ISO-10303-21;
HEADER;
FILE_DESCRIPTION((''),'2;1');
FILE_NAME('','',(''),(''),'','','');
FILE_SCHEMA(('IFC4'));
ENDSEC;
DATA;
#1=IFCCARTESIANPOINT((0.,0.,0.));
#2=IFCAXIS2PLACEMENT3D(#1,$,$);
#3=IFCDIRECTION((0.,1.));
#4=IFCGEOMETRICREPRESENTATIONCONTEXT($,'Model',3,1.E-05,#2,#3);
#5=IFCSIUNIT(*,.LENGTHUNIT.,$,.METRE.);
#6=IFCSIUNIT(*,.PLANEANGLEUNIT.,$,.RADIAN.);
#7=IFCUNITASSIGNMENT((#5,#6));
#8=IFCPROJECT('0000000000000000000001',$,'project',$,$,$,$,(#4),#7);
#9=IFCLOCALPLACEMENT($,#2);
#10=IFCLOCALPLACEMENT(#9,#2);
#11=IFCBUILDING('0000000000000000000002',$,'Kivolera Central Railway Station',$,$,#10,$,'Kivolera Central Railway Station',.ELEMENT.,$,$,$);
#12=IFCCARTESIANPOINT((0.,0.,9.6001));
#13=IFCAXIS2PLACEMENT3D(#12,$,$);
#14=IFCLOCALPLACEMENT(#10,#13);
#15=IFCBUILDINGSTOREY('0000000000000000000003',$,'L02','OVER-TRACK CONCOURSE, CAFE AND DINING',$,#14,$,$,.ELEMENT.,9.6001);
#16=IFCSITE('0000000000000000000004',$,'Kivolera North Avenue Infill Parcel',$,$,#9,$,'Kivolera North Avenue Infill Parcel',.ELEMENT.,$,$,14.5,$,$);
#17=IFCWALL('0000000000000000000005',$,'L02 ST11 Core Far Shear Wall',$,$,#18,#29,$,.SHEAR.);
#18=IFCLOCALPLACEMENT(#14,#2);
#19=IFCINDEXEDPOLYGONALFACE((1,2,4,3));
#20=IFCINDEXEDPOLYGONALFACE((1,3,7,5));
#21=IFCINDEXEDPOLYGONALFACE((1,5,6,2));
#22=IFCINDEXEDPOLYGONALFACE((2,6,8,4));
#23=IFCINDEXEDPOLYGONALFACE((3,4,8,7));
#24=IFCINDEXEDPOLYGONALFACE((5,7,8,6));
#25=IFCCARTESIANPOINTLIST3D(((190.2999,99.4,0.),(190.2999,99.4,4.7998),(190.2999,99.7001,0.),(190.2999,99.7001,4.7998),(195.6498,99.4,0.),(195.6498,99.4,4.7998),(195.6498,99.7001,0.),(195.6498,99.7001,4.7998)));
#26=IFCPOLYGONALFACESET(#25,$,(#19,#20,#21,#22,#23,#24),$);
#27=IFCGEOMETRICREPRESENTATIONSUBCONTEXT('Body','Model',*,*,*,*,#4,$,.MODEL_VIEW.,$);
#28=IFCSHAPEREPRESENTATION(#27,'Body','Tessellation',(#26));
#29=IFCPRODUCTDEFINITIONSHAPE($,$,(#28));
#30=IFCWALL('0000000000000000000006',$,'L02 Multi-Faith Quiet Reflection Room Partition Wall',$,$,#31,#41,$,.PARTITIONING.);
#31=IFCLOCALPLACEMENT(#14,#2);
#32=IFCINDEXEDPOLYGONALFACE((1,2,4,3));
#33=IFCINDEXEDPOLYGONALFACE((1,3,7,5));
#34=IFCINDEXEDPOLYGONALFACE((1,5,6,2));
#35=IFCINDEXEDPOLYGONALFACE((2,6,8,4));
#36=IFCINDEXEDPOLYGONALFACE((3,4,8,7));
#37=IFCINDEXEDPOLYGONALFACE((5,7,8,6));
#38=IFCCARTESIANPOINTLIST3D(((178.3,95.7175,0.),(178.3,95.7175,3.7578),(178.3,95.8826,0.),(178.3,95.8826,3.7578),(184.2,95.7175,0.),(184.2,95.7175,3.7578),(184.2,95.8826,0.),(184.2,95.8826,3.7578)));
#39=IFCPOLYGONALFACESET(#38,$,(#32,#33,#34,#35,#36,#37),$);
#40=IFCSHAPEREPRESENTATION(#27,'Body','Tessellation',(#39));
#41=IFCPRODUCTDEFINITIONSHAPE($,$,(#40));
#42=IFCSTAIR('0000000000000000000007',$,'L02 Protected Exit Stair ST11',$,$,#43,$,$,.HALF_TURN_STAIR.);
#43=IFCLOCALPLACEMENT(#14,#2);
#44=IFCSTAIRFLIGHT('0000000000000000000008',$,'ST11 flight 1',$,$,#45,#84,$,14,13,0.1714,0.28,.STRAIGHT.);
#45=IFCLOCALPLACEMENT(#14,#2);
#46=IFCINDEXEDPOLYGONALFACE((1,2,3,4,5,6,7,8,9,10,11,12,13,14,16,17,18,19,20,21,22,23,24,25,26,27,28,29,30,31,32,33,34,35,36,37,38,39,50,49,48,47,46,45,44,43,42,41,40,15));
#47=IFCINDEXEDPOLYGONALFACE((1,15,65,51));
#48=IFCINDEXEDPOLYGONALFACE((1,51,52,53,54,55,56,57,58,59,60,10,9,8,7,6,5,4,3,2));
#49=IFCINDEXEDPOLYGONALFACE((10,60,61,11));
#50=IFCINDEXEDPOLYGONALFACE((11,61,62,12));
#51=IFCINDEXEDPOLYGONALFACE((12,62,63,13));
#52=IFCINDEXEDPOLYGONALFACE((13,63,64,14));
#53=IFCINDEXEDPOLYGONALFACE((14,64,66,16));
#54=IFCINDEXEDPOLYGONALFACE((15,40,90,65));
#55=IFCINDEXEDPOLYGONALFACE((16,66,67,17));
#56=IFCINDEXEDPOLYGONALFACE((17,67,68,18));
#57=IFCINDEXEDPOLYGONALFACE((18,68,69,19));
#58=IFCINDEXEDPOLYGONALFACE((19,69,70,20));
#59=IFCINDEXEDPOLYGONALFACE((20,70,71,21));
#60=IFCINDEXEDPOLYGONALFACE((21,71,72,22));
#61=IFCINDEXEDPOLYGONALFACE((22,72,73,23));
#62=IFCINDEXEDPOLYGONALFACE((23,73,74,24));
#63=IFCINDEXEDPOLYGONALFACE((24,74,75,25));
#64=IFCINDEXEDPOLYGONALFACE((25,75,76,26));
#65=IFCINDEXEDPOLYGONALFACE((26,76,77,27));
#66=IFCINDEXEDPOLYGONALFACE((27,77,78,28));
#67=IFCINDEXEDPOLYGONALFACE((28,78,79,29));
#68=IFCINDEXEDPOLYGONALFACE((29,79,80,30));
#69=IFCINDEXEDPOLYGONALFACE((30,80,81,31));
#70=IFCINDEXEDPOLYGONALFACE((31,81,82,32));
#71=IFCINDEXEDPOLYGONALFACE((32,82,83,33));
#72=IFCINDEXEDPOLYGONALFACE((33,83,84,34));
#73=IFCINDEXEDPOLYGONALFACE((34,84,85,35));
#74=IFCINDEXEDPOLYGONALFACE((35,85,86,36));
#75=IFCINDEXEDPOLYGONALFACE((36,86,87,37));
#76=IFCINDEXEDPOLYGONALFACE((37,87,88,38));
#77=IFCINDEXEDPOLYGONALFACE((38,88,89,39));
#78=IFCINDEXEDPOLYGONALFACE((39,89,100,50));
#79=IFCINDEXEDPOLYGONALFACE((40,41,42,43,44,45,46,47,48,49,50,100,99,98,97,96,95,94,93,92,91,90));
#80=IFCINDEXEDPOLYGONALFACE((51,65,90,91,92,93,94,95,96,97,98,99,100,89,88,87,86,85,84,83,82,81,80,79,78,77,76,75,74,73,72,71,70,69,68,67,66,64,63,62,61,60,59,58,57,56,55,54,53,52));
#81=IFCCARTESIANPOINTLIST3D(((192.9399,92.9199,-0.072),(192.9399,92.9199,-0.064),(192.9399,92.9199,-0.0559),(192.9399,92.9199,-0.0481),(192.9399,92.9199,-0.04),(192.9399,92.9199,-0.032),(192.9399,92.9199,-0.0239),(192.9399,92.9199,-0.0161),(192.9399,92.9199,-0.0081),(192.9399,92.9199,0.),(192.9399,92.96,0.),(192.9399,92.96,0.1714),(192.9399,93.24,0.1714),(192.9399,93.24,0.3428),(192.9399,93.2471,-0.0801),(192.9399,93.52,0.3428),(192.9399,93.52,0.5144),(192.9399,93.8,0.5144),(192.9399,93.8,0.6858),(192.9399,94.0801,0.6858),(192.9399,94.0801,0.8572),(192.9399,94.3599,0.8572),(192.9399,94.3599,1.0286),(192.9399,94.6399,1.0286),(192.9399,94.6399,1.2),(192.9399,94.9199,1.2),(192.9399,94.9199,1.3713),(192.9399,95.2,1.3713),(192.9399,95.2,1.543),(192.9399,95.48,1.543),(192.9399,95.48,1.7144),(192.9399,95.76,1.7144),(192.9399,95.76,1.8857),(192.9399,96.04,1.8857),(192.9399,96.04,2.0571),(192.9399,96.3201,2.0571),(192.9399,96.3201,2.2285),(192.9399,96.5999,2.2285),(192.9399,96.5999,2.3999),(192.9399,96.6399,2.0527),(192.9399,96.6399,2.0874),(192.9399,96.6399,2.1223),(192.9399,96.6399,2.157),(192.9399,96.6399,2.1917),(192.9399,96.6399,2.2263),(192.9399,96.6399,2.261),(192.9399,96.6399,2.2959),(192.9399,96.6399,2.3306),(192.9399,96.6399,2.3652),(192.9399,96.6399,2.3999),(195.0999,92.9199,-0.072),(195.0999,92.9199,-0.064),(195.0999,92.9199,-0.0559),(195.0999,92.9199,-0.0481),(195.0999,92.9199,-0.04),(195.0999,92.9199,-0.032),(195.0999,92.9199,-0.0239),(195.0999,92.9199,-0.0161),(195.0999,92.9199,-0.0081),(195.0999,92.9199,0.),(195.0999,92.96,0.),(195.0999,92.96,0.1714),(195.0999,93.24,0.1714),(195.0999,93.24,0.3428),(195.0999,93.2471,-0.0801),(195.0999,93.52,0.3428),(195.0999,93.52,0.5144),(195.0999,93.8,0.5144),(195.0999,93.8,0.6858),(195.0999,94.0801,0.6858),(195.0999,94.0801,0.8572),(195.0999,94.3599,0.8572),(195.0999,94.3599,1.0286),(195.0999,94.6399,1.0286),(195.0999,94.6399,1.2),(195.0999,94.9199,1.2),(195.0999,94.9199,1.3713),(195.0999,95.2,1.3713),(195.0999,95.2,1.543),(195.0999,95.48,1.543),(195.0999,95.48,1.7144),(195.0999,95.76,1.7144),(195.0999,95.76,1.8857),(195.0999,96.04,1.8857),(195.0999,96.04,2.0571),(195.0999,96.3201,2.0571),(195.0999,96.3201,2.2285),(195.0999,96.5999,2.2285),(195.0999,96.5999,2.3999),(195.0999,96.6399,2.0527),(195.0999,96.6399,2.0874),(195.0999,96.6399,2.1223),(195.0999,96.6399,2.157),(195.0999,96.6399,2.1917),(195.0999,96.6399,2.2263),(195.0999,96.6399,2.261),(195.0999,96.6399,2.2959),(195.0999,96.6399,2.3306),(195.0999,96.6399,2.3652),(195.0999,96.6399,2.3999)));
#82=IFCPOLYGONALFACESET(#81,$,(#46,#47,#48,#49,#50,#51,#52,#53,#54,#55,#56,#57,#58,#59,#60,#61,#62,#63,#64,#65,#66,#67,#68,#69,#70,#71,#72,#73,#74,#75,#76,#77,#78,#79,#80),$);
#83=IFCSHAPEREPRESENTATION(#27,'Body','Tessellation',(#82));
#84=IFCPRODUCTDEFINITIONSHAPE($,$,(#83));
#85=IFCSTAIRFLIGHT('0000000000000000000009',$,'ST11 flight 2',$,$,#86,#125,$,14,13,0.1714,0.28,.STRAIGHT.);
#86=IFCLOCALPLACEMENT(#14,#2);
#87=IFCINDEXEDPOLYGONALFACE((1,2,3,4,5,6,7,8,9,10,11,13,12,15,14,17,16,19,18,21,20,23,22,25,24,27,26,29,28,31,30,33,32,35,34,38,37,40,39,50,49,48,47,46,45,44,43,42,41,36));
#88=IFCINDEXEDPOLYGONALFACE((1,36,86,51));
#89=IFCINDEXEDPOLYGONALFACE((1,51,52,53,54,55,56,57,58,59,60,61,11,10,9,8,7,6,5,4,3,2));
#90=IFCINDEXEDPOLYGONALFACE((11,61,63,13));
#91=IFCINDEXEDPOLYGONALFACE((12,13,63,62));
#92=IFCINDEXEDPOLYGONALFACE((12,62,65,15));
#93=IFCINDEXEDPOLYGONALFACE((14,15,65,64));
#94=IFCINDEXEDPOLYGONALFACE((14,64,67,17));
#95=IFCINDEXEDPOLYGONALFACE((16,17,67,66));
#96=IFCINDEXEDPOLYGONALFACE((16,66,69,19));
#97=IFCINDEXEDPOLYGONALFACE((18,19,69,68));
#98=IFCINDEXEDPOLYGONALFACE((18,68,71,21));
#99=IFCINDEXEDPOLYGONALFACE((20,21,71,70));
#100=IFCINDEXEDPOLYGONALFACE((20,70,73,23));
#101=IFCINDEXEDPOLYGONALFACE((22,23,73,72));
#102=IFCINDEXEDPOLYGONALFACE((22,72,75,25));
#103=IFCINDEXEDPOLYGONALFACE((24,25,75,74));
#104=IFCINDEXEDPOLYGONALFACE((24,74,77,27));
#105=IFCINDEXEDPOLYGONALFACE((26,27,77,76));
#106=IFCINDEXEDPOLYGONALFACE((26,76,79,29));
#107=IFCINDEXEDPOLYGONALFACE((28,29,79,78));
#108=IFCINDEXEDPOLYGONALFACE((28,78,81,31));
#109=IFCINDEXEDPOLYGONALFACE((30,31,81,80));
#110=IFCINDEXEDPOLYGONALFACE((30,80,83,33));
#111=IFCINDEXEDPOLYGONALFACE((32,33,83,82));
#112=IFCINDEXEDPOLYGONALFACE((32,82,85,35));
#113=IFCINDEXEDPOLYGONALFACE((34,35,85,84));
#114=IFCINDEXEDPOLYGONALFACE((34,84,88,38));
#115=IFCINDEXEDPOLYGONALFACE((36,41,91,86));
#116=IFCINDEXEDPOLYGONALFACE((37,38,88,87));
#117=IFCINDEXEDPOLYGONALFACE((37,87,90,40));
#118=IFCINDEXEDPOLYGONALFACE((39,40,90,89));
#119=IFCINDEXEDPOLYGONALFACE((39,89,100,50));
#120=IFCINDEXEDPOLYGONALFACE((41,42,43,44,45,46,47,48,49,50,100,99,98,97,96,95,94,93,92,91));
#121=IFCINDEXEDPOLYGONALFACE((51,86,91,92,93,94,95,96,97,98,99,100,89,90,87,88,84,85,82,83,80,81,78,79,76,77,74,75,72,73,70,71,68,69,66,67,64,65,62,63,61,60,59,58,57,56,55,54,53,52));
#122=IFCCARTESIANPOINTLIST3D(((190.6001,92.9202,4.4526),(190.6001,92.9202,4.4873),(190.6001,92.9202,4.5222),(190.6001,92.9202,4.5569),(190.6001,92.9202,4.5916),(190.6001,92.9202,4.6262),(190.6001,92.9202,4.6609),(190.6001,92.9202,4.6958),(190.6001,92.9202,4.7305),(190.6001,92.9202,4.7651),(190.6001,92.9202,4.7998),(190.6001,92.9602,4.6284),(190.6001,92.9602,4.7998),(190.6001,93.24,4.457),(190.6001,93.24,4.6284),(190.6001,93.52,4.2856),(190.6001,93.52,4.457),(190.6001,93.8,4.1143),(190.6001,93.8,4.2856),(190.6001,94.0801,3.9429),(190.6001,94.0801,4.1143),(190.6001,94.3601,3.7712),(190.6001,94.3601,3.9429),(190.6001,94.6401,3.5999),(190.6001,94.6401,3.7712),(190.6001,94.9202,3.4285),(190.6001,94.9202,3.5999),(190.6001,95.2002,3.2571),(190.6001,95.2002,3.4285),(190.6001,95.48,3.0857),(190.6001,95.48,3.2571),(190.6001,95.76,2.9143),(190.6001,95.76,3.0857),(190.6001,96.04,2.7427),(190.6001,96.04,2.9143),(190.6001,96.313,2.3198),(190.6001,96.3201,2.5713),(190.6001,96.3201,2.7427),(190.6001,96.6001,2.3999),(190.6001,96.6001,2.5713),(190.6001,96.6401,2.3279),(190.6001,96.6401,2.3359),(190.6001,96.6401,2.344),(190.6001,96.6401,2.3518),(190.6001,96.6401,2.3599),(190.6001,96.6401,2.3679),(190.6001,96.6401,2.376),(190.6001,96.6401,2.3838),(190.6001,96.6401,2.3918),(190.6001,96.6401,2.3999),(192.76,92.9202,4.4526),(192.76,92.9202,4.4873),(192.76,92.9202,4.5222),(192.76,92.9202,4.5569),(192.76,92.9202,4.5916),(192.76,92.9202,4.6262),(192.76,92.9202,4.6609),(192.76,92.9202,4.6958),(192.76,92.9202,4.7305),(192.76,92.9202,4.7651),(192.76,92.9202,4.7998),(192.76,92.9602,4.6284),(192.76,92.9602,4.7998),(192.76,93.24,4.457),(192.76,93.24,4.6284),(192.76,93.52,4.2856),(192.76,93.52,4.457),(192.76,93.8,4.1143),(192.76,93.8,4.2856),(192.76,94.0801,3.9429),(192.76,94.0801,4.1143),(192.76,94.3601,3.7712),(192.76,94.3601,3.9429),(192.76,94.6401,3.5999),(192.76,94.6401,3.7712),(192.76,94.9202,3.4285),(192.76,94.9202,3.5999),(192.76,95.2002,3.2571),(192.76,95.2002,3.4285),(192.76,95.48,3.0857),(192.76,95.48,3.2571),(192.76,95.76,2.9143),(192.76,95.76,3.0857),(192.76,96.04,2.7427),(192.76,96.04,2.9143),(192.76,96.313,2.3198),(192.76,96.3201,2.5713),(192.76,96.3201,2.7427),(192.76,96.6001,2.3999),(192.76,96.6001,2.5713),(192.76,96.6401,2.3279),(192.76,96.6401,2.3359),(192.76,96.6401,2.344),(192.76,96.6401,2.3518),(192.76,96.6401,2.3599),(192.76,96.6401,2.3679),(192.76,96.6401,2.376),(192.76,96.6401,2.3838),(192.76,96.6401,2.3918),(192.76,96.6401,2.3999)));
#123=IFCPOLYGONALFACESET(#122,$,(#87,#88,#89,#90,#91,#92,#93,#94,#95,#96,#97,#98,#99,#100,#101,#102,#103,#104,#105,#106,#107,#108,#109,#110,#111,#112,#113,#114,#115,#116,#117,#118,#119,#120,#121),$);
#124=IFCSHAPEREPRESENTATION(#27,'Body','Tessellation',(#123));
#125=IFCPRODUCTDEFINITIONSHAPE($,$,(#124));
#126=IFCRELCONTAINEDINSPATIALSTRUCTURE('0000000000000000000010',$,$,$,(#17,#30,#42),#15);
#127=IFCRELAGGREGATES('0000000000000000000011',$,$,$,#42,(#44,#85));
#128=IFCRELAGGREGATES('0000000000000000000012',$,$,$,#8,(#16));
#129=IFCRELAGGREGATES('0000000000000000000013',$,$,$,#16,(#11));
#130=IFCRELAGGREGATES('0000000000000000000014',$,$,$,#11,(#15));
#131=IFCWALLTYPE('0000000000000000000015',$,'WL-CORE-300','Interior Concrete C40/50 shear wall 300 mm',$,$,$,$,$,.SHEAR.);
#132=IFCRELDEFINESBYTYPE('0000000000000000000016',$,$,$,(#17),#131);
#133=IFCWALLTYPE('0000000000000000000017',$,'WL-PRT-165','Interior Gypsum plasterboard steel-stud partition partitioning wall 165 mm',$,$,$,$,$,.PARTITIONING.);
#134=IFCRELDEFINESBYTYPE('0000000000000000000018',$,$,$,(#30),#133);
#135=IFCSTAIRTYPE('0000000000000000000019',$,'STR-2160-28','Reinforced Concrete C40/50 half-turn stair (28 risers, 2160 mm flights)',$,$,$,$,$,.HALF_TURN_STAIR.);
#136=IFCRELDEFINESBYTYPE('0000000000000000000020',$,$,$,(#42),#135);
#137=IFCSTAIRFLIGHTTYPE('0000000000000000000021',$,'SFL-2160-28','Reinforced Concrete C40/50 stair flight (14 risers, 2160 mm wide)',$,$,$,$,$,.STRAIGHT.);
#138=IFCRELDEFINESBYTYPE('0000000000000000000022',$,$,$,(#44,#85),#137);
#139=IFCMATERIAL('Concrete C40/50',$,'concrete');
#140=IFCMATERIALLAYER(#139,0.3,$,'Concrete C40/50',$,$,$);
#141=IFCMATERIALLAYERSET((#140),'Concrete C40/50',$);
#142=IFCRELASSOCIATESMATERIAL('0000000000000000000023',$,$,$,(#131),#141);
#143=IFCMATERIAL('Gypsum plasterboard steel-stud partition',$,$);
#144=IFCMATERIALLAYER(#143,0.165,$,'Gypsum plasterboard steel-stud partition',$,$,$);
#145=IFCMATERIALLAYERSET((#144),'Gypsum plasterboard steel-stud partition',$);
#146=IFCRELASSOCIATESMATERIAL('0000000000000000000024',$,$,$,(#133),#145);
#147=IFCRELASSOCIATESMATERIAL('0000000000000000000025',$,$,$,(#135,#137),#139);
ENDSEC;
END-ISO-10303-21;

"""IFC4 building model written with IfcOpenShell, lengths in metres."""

from ifc_helpers import new_model, si_unit, direction, frame, frame_2d, origin, place, context, subcontext, project, spatial, polyline, rectangle, outline, extrude, material, layer, layer_set, type_object, element, aggregate, save


model = new_model("IFC4")

# Units and contexts
model_context = context("Model", 3, precision=1e-05, world=origin(), true_north=direction((0.0, 1.0)))
body_context = subcontext(model_context, "Body", "Model", "MODEL_VIEW")
ifc_project = project(units=[si_unit("LENGTHUNIT", "METRE"), si_unit("PLANEANGLEUNIT", "RADIAN")], contexts=[model_context])

# Site, building, storey
site_placement = place(None, origin())
site = spatial("IfcSite", under=ifc_project, at=site_placement, Name="Kivolera North Avenue Infill Parcel", LongName="Kivolera North Avenue Infill Parcel", CompositionType="ELEMENT", RefElevation=14.5)
building_placement = place(site_placement, origin())
building = spatial("IfcBuilding", under=site, at=building_placement, Name="Kivolera Central Railway Station", LongName="Kivolera Central Railway Station", CompositionType="ELEMENT")
storey_placement = place(building_placement, frame((0.0, 0.0, 9.6001)))
storey = spatial("IfcBuildingStorey", under=building, at=storey_placement, Name="L02", Description="OVER-TRACK CONCOURSE, CAFE AND DINING", CompositionType="ELEMENT", Elevation=9.6001)

# Shared definitions
ifc_material_1 = material(Name="Concrete C40/50", Category="concrete")

# Shared definitions
ifc_layer_1 = layer(ifc_material_1, 0.3, Name="Concrete C40/50")
ifc_layer_set_1 = layer_set([ifc_layer_1], Name="Concrete C40/50")
wall_type_1 = type_object("IfcWallType", Name="WL-CORE-300", Description="Interior Concrete C40/50 shear wall 300 mm", PredefinedType="SHEAR", material=ifc_layer_set_1)

# Walls
wall_1_placement = place(storey_placement, frame((190.3, 99.55, 0.0), z_axis=(0.0, 0.0, 1.0), x_axis=(1.0, 0.0, 0.0)))
element("IfcWall", 1, at=wall_1_placement, inside=storey, type_object=wall_type_1, Name="L02 ST11 Core Far Shear Wall", PredefinedType="SHEAR", context=body_context, shape_type="SweptSolid", body=[
    extrude(rectangle(XDim=5.3499, YDim=0.3, at=frame_2d((2.6748, 0.0))), origin(), (0.0, 0.0, 1.0), 4.7998),
])
ifc_material_2 = material(Name="Gypsum plasterboard steel-stud partition")
ifc_layer_2 = layer(ifc_material_2, 0.165, Name="Gypsum plasterboard steel-stud partition")
ifc_layer_set_2 = layer_set([ifc_layer_2], Name="Gypsum plasterboard steel-stud partition")
wall_type_2 = type_object("IfcWallType", Name="WL-PRT-165", Description="Interior Gypsum plasterboard steel-stud partition partitioning wall 165 mm", PredefinedType="PARTITIONING", material=ifc_layer_set_2)
wall_2_placement = place(storey_placement, frame((178.3, 95.8, 0.0), z_axis=(0.0, 0.0, 1.0), x_axis=(1.0, 0.0, 0.0)))
element("IfcWall", 2, at=wall_2_placement, inside=storey, type_object=wall_type_2, Name="L02 Multi-Faith Quiet Reflection Room Partition Wall", PredefinedType="PARTITIONING", context=body_context, shape_type="SweptSolid", body=[
    extrude(rectangle(XDim=5.8999, YDim=0.165, at=frame_2d((2.95, 0.0))), origin(), (0.0, 0.0, 1.0), 3.7578),
])

# Stair, stair flights
stair_type = type_object("IfcStairType", Name="STR-2160-28", Description="Reinforced Concrete C40/50 half-turn stair (28 risers, 2160 mm flights)", PredefinedType="HALF_TURN_STAIR", material=ifc_material_1)
stair_placement = place(storey_placement, origin())
stair = element("IfcStair", 3, at=stair_placement, inside=storey, type_object=stair_type, Name="L02 Protected Exit Stair ST11", PredefinedType="HALF_TURN_STAIR")
stair_flight_type = type_object("IfcStairFlightType", Name="SFL-2160-28", Description="Reinforced Concrete C40/50 stair flight (14 risers, 2160 mm wide)", PredefinedType="STRAIGHT", material=ifc_material_1)
stair_flight_1_placement = place(storey_placement, frame((194.02, 92.96, 0.0), z_axis=(0.0, 0.0, 1.0), x_axis=(0.0, 1.0, 0.0)))
stair_flight_1 = element("IfcStairFlight", 4, at=stair_flight_1_placement, type_object=stair_flight_type, Name="ST11 flight 1", NumberOfRisers=14, NumberOfTreads=13, PredefinedType="STRAIGHT", RiserHeight=0.1714, TreadLength=0.28, context=body_context, shape_type="SweptSolid", body=[
    extrude(outline(polyline([(-0.04, 0.0), (0.0, 0.0), (0.0, 0.1714), (0.28, 0.1714), (0.28, 0.3428), (0.5601, 0.3428), (0.5601, 0.5144), (0.8401, 0.5144), (0.8401, 0.6858), (1.1201, 0.6858), (1.1201, 0.8572), (1.3999, 0.8572), (1.3999, 1.0286), (1.6799, 1.0286), (1.6799, 1.2), (1.96, 1.2), (1.96, 1.3713), (2.24, 1.3713), (2.24, 1.543), (2.52, 1.543), (2.52, 1.7144), (2.8, 1.7144), (2.8, 1.8857), (3.0801, 1.8857), (3.0801, 2.0571), (3.3601, 2.0571), (3.3601, 2.2285), (3.6399, 2.2285), (3.6399, 2.3999), (3.6799, 2.3999), (3.6799, 2.3652), (3.6799, 2.3306), (3.6799, 2.2959), (3.6799, 2.261), (3.6799, 2.2263), (3.6799, 2.1917), (3.6799, 2.157), (3.6799, 2.1223), (3.6799, 2.0874), (3.6799, 2.0527), (0.2871, -0.0801), (-0.04, -0.072), (-0.04, -0.064), (-0.04, -0.0559), (-0.04, -0.0481), (-0.04, -0.04), (-0.04, -0.032), (-0.04, -0.0239), (-0.04, -0.0161), (-0.04, -0.0081), (-0.04, 0.0)])), frame((0.0, 1.0801, 0.0), z_axis=(0.0, -1.0, 0.0), x_axis=(1.0, 0.0, 0.0)), (0.0, 0.0, 1.0), 2.1599),
])
stair_flight_2_placement = place(storey_placement, frame((191.6799, 96.6001, 2.3999), z_axis=(0.0, 0.0, 1.0), x_axis=(0.0, -1.0, 0.0)))
stair_flight_2 = element("IfcStairFlight", 5, at=stair_flight_2_placement, type_object=stair_flight_type, Name="ST11 flight 2", NumberOfRisers=14, NumberOfTreads=13, PredefinedType="STRAIGHT", RiserHeight=0.1714, TreadLength=0.28, context=body_context, shape_type="SweptSolid", body=[
    extrude(outline(polyline([(-0.04, 0.0), (0.0, 0.0), (0.0, 0.1714), (0.28, 0.1714), (0.28, 0.3428), (0.5601, 0.3428), (0.5601, 0.5144), (0.8401, 0.5144), (0.8401, 0.6858), (1.1201, 0.6858), (1.1201, 0.8572), (1.3999, 0.8572), (1.3999, 1.0286), (1.6799, 1.0286), (1.6799, 1.2), (1.96, 1.2), (1.96, 1.3713), (2.24, 1.3713), (2.24, 1.543), (2.52, 1.543), (2.52, 1.7144), (2.8, 1.7144), (2.8, 1.8857), (3.0801, 1.8857), (3.0801, 2.0571), (3.3601, 2.0571), (3.3601, 2.2285), (3.6399, 2.2285), (3.6399, 2.3999), (3.6799, 2.3999), (3.6799, 2.3652), (3.6799, 2.3306), (3.6799, 2.2959), (3.6799, 2.261), (3.6799, 2.2263), (3.6799, 2.1917), (3.6799, 2.157), (3.6799, 2.1223), (3.6799, 2.0874), (3.6799, 2.0527), (0.2871, -0.0801), (-0.04, -0.072), (-0.04, -0.064), (-0.04, -0.0559), (-0.04, -0.0481), (-0.04, -0.04), (-0.04, -0.032), (-0.04, -0.0239), (-0.04, -0.0161), (-0.04, -0.0081), (-0.04, 0.0)])), frame((0.0, 1.0801, 0.0), z_axis=(0.0, -1.0, 0.0), x_axis=(1.0, 0.0, 0.0)), (0.0, 0.0, 1.0), 2.1599),
])
aggregate(stair, [stair_flight_1, stair_flight_2])

save(model, "model.ifc")
